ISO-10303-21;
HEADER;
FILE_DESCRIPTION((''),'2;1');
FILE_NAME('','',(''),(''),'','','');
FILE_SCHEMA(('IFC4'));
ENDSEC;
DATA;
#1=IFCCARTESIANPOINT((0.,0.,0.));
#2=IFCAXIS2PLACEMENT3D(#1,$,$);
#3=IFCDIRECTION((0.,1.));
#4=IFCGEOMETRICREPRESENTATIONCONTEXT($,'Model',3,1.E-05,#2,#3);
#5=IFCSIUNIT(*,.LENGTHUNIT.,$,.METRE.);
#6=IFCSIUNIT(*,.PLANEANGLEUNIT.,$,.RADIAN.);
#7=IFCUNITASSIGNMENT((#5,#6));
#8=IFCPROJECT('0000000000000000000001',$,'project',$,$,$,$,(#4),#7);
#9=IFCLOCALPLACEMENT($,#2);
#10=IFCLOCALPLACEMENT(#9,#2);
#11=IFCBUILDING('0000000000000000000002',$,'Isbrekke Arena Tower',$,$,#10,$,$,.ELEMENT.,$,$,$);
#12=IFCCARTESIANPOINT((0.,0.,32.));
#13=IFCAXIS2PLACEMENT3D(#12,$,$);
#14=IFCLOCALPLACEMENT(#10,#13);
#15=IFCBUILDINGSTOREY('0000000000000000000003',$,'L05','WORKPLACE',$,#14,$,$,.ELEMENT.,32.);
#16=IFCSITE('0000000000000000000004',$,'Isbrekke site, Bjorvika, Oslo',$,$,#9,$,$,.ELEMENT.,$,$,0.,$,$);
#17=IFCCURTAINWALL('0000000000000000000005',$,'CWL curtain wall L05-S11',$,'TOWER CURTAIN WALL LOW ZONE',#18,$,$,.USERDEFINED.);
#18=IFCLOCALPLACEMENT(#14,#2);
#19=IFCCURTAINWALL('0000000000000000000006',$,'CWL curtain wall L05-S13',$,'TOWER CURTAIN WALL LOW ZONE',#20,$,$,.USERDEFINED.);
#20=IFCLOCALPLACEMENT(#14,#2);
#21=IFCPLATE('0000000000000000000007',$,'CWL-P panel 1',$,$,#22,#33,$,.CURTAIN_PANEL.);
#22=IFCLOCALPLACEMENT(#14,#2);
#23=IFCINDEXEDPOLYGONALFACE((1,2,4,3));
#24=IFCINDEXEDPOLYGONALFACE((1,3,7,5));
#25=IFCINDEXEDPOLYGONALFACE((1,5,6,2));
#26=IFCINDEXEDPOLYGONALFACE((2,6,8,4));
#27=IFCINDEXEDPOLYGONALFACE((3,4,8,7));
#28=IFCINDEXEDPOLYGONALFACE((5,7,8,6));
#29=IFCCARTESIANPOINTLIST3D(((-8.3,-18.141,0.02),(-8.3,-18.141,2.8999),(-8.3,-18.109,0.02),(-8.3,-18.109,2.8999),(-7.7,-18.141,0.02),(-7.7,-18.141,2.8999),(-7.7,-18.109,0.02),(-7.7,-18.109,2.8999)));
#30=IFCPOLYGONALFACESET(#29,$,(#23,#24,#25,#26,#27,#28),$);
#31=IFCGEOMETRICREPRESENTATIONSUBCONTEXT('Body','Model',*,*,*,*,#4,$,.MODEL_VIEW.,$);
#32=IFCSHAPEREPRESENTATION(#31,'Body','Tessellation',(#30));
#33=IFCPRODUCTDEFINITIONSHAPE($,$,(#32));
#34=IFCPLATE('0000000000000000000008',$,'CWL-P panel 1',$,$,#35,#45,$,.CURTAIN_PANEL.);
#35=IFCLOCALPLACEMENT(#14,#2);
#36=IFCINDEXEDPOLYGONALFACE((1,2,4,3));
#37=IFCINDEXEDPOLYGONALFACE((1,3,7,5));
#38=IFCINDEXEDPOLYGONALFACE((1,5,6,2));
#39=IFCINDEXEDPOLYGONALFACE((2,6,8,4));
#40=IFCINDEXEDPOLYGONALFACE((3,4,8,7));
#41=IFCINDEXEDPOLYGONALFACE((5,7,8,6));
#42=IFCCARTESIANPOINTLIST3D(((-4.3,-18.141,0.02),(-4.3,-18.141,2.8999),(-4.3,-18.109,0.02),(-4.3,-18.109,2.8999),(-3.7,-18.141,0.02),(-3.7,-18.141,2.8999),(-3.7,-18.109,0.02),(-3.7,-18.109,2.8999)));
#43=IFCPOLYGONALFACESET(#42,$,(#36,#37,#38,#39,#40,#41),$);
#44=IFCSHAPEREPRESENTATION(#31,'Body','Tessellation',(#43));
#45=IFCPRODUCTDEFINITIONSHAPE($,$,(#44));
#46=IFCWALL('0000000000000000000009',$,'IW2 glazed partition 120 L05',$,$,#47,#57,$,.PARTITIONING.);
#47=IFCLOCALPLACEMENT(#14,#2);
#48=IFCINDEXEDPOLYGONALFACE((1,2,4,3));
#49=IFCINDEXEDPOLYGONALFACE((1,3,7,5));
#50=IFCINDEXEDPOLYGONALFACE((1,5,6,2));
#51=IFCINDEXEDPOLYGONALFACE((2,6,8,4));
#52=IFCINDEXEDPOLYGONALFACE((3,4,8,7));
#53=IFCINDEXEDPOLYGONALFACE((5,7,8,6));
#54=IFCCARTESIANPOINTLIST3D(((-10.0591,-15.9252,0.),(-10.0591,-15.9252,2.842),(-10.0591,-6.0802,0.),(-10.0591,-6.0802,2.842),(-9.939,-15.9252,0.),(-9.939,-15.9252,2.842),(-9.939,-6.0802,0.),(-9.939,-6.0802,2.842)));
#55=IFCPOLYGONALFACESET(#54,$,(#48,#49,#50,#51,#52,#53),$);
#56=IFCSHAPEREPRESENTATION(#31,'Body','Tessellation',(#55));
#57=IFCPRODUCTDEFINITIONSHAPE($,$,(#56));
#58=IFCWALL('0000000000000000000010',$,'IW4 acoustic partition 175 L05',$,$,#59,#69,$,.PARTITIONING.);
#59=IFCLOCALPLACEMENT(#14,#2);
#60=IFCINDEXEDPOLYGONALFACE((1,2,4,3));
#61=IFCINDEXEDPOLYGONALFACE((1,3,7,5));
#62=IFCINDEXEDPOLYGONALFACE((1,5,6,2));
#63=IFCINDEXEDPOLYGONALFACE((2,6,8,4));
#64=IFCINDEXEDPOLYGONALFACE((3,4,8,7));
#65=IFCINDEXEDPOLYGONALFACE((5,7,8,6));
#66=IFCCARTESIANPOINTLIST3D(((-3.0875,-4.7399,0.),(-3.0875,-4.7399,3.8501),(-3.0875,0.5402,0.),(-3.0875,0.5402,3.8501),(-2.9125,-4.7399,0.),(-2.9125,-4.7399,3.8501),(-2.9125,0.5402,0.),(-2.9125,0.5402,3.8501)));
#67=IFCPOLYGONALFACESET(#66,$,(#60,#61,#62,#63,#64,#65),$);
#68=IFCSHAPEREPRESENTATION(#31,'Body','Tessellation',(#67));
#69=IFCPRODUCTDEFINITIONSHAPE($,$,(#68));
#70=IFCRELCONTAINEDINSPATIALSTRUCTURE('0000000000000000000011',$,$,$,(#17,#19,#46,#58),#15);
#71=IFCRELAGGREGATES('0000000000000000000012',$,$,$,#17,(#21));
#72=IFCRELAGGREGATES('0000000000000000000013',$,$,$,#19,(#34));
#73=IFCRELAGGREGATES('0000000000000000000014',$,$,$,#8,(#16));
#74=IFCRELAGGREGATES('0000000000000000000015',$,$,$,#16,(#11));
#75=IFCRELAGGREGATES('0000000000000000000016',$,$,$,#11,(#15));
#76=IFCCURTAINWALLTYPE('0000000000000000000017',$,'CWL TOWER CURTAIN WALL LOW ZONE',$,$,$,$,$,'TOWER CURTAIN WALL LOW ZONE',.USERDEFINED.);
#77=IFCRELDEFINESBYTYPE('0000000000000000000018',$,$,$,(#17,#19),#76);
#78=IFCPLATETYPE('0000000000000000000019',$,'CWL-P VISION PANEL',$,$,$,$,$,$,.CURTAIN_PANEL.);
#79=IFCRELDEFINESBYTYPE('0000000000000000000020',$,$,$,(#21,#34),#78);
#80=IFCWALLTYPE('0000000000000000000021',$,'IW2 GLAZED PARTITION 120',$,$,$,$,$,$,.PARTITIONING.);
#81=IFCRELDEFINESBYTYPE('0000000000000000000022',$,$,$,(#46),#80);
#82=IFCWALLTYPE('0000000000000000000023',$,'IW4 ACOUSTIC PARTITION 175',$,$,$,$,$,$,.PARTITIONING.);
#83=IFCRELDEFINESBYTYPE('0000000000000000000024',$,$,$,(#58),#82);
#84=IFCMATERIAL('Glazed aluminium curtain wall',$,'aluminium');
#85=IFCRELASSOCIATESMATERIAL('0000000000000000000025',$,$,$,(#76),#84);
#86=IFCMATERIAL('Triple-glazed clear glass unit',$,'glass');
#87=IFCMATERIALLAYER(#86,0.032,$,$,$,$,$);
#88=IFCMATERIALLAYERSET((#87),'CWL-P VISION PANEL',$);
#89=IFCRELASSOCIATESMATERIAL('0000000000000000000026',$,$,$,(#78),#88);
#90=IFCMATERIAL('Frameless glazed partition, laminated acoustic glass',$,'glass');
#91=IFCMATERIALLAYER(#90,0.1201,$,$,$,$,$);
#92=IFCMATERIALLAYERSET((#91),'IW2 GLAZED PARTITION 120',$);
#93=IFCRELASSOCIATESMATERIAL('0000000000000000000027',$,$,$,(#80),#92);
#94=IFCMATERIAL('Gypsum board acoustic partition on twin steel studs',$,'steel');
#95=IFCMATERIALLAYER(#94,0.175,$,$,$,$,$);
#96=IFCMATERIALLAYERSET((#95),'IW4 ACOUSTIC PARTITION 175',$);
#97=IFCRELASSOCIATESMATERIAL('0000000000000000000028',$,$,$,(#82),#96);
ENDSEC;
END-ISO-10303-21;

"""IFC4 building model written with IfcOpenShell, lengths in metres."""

from ifc_helpers import new_model, si_unit, direction, frame, frame_2d, origin, origin_2d, place, context, subcontext, project, spatial, rectangle, extrude, material, layer, layer_set, type_object, element, aggregate, save


model = new_model("IFC4")

# Units and contexts
model_context = context("Model", 3, precision=1e-05, world=origin(), true_north=direction((0.0, 1.0)))
body_context = subcontext(model_context, "Body", "Model", "MODEL_VIEW")
ifc_project = project(units=[si_unit("LENGTHUNIT", "METRE"), si_unit("PLANEANGLEUNIT", "RADIAN")], contexts=[model_context])

# Site, building, storey
site_placement = place(None, origin())
site = spatial("IfcSite", under=ifc_project, at=site_placement, Name="Isbrekke site, Bjorvika, Oslo", CompositionType="ELEMENT", RefElevation=0.0)
building_placement = place(site_placement, origin())
building = spatial("IfcBuilding", under=site, at=building_placement, Name="Isbrekke Arena Tower", CompositionType="ELEMENT")
storey_placement = place(building_placement, frame((0.0, 0.0, 32.0)))
storey = spatial("IfcBuildingStorey", under=building, at=storey_placement, Name="L05", Description="WORKPLACE", CompositionType="ELEMENT", Elevation=32.0)

# Curtain walls
ifc_material_1 = material(Name="Glazed aluminium curtain wall", Category="aluminium")
curtain_wall_type = type_object("IfcCurtainWallType", Name="CWL TOWER CURTAIN WALL LOW ZONE", ElementType="TOWER CURTAIN WALL LOW ZONE", PredefinedType="USERDEFINED", material=ifc_material_1)
curtain_wall_1_placement = place(storey_placement, origin())
curtain_wall_1 = element("IfcCurtainWall", 1, at=curtain_wall_1_placement, inside=storey, type_object=curtain_wall_type, Name="CWL curtain wall L05-S11", ObjectType="TOWER CURTAIN WALL LOW ZONE", PredefinedType="USERDEFINED")
curtain_wall_2_placement = place(storey_placement, origin())
curtain_wall_2 = element("IfcCurtainWall", 2, at=curtain_wall_2_placement, inside=storey, type_object=curtain_wall_type, Name="CWL curtain wall L05-S13", ObjectType="TOWER CURTAIN WALL LOW ZONE", PredefinedType="USERDEFINED")

# Plates
ifc_material_2 = material(Name="Triple-glazed clear glass unit", Category="glass")
ifc_layer_1 = layer(ifc_material_2, 0.032)
ifc_layer_set_1 = layer_set([ifc_layer_1], Name="CWL-P VISION PANEL")
plate_type = type_object("IfcPlateType", Name="CWL-P VISION PANEL", PredefinedType="CURTAIN_PANEL", material=ifc_layer_set_1)
plate_1_placement = place(storey_placement, frame((-8.0, -18.125, 0.02), z_axis=(0.0, 0.0, 1.0), x_axis=(1.0, 0.0, 0.0)))
plate_1 = element("IfcPlate", 3, at=plate_1_placement, type_object=plate_type, Name="CWL-P panel 1", PredefinedType="CURTAIN_PANEL", context=body_context, shape_type="SweptSolid", body=[
    extrude(rectangle(XDim=0.6001, YDim=0.032, at=origin_2d()), origin(), (0.0, 0.0, 1.0), 2.8799),
])
aggregate(curtain_wall_1, [plate_1])
plate_2_placement = place(storey_placement, frame((-4.0, -18.125, 0.02), z_axis=(0.0, 0.0, 1.0), x_axis=(1.0, 0.0, 0.0)))
plate_2 = element("IfcPlate", 4, at=plate_2_placement, type_object=plate_type, Name="CWL-P panel 1", PredefinedType="CURTAIN_PANEL", context=body_context, shape_type="SweptSolid", body=[
    extrude(rectangle(XDim=0.6001, YDim=0.032, at=origin_2d()), origin(), (0.0, 0.0, 1.0), 2.8799),
])
aggregate(curtain_wall_2, [plate_2])

# Walls
ifc_material_3 = material(Name="Frameless glazed partition, laminated acoustic glass", Category="glass")
ifc_layer_2 = layer(ifc_material_3, 0.1201)
ifc_layer_set_2 = layer_set([ifc_layer_2], Name="IW2 GLAZED PARTITION 120")
wall_type_1 = type_object("IfcWallType", Name="IW2 GLAZED PARTITION 120", PredefinedType="PARTITIONING", material=ifc_layer_set_2)
wall_1_placement = place(storey_placement, frame((-9.999, -15.925, 0.0), z_axis=(0.0, 0.0, 1.0), x_axis=(0.0, 1.0, 0.0)))
element("IfcWall", 5, at=wall_1_placement, inside=storey, type_object=wall_type_1, Name="IW2 glazed partition 120 L05", PredefinedType="PARTITIONING", context=body_context, shape_type="SweptSolid", body=[
    extrude(rectangle(XDim=9.845, YDim=0.1201, at=frame_2d((4.9224, 0.0))), origin(), (0.0, 0.0, 1.0), 2.842),
])
ifc_material_4 = material(Name="Gypsum board acoustic partition on twin steel studs", Category="steel")
ifc_layer_3 = layer(ifc_material_4, 0.175)
ifc_layer_set_3 = layer_set([ifc_layer_3], Name="IW4 ACOUSTIC PARTITION 175")
wall_type_2 = type_object("IfcWallType", Name="IW4 ACOUSTIC PARTITION 175", PredefinedType="PARTITIONING", material=ifc_layer_set_3)
wall_2_placement = place(storey_placement, frame((-3.0, -4.74, 0.0), z_axis=(0.0, 0.0, 1.0), x_axis=(0.0, 1.0, 0.0)))
element("IfcWall", 6, at=wall_2_placement, inside=storey, type_object=wall_type_2, Name="IW4 acoustic partition 175 L05", PredefinedType="PARTITIONING", context=body_context, shape_type="SweptSolid", body=[
    extrude(rectangle(XDim=5.28, YDim=0.175, at=frame_2d((2.6401, 0.0))), origin(), (0.0, 0.0, 1.0), 3.8501),
])

save(model, "model.ifc")
